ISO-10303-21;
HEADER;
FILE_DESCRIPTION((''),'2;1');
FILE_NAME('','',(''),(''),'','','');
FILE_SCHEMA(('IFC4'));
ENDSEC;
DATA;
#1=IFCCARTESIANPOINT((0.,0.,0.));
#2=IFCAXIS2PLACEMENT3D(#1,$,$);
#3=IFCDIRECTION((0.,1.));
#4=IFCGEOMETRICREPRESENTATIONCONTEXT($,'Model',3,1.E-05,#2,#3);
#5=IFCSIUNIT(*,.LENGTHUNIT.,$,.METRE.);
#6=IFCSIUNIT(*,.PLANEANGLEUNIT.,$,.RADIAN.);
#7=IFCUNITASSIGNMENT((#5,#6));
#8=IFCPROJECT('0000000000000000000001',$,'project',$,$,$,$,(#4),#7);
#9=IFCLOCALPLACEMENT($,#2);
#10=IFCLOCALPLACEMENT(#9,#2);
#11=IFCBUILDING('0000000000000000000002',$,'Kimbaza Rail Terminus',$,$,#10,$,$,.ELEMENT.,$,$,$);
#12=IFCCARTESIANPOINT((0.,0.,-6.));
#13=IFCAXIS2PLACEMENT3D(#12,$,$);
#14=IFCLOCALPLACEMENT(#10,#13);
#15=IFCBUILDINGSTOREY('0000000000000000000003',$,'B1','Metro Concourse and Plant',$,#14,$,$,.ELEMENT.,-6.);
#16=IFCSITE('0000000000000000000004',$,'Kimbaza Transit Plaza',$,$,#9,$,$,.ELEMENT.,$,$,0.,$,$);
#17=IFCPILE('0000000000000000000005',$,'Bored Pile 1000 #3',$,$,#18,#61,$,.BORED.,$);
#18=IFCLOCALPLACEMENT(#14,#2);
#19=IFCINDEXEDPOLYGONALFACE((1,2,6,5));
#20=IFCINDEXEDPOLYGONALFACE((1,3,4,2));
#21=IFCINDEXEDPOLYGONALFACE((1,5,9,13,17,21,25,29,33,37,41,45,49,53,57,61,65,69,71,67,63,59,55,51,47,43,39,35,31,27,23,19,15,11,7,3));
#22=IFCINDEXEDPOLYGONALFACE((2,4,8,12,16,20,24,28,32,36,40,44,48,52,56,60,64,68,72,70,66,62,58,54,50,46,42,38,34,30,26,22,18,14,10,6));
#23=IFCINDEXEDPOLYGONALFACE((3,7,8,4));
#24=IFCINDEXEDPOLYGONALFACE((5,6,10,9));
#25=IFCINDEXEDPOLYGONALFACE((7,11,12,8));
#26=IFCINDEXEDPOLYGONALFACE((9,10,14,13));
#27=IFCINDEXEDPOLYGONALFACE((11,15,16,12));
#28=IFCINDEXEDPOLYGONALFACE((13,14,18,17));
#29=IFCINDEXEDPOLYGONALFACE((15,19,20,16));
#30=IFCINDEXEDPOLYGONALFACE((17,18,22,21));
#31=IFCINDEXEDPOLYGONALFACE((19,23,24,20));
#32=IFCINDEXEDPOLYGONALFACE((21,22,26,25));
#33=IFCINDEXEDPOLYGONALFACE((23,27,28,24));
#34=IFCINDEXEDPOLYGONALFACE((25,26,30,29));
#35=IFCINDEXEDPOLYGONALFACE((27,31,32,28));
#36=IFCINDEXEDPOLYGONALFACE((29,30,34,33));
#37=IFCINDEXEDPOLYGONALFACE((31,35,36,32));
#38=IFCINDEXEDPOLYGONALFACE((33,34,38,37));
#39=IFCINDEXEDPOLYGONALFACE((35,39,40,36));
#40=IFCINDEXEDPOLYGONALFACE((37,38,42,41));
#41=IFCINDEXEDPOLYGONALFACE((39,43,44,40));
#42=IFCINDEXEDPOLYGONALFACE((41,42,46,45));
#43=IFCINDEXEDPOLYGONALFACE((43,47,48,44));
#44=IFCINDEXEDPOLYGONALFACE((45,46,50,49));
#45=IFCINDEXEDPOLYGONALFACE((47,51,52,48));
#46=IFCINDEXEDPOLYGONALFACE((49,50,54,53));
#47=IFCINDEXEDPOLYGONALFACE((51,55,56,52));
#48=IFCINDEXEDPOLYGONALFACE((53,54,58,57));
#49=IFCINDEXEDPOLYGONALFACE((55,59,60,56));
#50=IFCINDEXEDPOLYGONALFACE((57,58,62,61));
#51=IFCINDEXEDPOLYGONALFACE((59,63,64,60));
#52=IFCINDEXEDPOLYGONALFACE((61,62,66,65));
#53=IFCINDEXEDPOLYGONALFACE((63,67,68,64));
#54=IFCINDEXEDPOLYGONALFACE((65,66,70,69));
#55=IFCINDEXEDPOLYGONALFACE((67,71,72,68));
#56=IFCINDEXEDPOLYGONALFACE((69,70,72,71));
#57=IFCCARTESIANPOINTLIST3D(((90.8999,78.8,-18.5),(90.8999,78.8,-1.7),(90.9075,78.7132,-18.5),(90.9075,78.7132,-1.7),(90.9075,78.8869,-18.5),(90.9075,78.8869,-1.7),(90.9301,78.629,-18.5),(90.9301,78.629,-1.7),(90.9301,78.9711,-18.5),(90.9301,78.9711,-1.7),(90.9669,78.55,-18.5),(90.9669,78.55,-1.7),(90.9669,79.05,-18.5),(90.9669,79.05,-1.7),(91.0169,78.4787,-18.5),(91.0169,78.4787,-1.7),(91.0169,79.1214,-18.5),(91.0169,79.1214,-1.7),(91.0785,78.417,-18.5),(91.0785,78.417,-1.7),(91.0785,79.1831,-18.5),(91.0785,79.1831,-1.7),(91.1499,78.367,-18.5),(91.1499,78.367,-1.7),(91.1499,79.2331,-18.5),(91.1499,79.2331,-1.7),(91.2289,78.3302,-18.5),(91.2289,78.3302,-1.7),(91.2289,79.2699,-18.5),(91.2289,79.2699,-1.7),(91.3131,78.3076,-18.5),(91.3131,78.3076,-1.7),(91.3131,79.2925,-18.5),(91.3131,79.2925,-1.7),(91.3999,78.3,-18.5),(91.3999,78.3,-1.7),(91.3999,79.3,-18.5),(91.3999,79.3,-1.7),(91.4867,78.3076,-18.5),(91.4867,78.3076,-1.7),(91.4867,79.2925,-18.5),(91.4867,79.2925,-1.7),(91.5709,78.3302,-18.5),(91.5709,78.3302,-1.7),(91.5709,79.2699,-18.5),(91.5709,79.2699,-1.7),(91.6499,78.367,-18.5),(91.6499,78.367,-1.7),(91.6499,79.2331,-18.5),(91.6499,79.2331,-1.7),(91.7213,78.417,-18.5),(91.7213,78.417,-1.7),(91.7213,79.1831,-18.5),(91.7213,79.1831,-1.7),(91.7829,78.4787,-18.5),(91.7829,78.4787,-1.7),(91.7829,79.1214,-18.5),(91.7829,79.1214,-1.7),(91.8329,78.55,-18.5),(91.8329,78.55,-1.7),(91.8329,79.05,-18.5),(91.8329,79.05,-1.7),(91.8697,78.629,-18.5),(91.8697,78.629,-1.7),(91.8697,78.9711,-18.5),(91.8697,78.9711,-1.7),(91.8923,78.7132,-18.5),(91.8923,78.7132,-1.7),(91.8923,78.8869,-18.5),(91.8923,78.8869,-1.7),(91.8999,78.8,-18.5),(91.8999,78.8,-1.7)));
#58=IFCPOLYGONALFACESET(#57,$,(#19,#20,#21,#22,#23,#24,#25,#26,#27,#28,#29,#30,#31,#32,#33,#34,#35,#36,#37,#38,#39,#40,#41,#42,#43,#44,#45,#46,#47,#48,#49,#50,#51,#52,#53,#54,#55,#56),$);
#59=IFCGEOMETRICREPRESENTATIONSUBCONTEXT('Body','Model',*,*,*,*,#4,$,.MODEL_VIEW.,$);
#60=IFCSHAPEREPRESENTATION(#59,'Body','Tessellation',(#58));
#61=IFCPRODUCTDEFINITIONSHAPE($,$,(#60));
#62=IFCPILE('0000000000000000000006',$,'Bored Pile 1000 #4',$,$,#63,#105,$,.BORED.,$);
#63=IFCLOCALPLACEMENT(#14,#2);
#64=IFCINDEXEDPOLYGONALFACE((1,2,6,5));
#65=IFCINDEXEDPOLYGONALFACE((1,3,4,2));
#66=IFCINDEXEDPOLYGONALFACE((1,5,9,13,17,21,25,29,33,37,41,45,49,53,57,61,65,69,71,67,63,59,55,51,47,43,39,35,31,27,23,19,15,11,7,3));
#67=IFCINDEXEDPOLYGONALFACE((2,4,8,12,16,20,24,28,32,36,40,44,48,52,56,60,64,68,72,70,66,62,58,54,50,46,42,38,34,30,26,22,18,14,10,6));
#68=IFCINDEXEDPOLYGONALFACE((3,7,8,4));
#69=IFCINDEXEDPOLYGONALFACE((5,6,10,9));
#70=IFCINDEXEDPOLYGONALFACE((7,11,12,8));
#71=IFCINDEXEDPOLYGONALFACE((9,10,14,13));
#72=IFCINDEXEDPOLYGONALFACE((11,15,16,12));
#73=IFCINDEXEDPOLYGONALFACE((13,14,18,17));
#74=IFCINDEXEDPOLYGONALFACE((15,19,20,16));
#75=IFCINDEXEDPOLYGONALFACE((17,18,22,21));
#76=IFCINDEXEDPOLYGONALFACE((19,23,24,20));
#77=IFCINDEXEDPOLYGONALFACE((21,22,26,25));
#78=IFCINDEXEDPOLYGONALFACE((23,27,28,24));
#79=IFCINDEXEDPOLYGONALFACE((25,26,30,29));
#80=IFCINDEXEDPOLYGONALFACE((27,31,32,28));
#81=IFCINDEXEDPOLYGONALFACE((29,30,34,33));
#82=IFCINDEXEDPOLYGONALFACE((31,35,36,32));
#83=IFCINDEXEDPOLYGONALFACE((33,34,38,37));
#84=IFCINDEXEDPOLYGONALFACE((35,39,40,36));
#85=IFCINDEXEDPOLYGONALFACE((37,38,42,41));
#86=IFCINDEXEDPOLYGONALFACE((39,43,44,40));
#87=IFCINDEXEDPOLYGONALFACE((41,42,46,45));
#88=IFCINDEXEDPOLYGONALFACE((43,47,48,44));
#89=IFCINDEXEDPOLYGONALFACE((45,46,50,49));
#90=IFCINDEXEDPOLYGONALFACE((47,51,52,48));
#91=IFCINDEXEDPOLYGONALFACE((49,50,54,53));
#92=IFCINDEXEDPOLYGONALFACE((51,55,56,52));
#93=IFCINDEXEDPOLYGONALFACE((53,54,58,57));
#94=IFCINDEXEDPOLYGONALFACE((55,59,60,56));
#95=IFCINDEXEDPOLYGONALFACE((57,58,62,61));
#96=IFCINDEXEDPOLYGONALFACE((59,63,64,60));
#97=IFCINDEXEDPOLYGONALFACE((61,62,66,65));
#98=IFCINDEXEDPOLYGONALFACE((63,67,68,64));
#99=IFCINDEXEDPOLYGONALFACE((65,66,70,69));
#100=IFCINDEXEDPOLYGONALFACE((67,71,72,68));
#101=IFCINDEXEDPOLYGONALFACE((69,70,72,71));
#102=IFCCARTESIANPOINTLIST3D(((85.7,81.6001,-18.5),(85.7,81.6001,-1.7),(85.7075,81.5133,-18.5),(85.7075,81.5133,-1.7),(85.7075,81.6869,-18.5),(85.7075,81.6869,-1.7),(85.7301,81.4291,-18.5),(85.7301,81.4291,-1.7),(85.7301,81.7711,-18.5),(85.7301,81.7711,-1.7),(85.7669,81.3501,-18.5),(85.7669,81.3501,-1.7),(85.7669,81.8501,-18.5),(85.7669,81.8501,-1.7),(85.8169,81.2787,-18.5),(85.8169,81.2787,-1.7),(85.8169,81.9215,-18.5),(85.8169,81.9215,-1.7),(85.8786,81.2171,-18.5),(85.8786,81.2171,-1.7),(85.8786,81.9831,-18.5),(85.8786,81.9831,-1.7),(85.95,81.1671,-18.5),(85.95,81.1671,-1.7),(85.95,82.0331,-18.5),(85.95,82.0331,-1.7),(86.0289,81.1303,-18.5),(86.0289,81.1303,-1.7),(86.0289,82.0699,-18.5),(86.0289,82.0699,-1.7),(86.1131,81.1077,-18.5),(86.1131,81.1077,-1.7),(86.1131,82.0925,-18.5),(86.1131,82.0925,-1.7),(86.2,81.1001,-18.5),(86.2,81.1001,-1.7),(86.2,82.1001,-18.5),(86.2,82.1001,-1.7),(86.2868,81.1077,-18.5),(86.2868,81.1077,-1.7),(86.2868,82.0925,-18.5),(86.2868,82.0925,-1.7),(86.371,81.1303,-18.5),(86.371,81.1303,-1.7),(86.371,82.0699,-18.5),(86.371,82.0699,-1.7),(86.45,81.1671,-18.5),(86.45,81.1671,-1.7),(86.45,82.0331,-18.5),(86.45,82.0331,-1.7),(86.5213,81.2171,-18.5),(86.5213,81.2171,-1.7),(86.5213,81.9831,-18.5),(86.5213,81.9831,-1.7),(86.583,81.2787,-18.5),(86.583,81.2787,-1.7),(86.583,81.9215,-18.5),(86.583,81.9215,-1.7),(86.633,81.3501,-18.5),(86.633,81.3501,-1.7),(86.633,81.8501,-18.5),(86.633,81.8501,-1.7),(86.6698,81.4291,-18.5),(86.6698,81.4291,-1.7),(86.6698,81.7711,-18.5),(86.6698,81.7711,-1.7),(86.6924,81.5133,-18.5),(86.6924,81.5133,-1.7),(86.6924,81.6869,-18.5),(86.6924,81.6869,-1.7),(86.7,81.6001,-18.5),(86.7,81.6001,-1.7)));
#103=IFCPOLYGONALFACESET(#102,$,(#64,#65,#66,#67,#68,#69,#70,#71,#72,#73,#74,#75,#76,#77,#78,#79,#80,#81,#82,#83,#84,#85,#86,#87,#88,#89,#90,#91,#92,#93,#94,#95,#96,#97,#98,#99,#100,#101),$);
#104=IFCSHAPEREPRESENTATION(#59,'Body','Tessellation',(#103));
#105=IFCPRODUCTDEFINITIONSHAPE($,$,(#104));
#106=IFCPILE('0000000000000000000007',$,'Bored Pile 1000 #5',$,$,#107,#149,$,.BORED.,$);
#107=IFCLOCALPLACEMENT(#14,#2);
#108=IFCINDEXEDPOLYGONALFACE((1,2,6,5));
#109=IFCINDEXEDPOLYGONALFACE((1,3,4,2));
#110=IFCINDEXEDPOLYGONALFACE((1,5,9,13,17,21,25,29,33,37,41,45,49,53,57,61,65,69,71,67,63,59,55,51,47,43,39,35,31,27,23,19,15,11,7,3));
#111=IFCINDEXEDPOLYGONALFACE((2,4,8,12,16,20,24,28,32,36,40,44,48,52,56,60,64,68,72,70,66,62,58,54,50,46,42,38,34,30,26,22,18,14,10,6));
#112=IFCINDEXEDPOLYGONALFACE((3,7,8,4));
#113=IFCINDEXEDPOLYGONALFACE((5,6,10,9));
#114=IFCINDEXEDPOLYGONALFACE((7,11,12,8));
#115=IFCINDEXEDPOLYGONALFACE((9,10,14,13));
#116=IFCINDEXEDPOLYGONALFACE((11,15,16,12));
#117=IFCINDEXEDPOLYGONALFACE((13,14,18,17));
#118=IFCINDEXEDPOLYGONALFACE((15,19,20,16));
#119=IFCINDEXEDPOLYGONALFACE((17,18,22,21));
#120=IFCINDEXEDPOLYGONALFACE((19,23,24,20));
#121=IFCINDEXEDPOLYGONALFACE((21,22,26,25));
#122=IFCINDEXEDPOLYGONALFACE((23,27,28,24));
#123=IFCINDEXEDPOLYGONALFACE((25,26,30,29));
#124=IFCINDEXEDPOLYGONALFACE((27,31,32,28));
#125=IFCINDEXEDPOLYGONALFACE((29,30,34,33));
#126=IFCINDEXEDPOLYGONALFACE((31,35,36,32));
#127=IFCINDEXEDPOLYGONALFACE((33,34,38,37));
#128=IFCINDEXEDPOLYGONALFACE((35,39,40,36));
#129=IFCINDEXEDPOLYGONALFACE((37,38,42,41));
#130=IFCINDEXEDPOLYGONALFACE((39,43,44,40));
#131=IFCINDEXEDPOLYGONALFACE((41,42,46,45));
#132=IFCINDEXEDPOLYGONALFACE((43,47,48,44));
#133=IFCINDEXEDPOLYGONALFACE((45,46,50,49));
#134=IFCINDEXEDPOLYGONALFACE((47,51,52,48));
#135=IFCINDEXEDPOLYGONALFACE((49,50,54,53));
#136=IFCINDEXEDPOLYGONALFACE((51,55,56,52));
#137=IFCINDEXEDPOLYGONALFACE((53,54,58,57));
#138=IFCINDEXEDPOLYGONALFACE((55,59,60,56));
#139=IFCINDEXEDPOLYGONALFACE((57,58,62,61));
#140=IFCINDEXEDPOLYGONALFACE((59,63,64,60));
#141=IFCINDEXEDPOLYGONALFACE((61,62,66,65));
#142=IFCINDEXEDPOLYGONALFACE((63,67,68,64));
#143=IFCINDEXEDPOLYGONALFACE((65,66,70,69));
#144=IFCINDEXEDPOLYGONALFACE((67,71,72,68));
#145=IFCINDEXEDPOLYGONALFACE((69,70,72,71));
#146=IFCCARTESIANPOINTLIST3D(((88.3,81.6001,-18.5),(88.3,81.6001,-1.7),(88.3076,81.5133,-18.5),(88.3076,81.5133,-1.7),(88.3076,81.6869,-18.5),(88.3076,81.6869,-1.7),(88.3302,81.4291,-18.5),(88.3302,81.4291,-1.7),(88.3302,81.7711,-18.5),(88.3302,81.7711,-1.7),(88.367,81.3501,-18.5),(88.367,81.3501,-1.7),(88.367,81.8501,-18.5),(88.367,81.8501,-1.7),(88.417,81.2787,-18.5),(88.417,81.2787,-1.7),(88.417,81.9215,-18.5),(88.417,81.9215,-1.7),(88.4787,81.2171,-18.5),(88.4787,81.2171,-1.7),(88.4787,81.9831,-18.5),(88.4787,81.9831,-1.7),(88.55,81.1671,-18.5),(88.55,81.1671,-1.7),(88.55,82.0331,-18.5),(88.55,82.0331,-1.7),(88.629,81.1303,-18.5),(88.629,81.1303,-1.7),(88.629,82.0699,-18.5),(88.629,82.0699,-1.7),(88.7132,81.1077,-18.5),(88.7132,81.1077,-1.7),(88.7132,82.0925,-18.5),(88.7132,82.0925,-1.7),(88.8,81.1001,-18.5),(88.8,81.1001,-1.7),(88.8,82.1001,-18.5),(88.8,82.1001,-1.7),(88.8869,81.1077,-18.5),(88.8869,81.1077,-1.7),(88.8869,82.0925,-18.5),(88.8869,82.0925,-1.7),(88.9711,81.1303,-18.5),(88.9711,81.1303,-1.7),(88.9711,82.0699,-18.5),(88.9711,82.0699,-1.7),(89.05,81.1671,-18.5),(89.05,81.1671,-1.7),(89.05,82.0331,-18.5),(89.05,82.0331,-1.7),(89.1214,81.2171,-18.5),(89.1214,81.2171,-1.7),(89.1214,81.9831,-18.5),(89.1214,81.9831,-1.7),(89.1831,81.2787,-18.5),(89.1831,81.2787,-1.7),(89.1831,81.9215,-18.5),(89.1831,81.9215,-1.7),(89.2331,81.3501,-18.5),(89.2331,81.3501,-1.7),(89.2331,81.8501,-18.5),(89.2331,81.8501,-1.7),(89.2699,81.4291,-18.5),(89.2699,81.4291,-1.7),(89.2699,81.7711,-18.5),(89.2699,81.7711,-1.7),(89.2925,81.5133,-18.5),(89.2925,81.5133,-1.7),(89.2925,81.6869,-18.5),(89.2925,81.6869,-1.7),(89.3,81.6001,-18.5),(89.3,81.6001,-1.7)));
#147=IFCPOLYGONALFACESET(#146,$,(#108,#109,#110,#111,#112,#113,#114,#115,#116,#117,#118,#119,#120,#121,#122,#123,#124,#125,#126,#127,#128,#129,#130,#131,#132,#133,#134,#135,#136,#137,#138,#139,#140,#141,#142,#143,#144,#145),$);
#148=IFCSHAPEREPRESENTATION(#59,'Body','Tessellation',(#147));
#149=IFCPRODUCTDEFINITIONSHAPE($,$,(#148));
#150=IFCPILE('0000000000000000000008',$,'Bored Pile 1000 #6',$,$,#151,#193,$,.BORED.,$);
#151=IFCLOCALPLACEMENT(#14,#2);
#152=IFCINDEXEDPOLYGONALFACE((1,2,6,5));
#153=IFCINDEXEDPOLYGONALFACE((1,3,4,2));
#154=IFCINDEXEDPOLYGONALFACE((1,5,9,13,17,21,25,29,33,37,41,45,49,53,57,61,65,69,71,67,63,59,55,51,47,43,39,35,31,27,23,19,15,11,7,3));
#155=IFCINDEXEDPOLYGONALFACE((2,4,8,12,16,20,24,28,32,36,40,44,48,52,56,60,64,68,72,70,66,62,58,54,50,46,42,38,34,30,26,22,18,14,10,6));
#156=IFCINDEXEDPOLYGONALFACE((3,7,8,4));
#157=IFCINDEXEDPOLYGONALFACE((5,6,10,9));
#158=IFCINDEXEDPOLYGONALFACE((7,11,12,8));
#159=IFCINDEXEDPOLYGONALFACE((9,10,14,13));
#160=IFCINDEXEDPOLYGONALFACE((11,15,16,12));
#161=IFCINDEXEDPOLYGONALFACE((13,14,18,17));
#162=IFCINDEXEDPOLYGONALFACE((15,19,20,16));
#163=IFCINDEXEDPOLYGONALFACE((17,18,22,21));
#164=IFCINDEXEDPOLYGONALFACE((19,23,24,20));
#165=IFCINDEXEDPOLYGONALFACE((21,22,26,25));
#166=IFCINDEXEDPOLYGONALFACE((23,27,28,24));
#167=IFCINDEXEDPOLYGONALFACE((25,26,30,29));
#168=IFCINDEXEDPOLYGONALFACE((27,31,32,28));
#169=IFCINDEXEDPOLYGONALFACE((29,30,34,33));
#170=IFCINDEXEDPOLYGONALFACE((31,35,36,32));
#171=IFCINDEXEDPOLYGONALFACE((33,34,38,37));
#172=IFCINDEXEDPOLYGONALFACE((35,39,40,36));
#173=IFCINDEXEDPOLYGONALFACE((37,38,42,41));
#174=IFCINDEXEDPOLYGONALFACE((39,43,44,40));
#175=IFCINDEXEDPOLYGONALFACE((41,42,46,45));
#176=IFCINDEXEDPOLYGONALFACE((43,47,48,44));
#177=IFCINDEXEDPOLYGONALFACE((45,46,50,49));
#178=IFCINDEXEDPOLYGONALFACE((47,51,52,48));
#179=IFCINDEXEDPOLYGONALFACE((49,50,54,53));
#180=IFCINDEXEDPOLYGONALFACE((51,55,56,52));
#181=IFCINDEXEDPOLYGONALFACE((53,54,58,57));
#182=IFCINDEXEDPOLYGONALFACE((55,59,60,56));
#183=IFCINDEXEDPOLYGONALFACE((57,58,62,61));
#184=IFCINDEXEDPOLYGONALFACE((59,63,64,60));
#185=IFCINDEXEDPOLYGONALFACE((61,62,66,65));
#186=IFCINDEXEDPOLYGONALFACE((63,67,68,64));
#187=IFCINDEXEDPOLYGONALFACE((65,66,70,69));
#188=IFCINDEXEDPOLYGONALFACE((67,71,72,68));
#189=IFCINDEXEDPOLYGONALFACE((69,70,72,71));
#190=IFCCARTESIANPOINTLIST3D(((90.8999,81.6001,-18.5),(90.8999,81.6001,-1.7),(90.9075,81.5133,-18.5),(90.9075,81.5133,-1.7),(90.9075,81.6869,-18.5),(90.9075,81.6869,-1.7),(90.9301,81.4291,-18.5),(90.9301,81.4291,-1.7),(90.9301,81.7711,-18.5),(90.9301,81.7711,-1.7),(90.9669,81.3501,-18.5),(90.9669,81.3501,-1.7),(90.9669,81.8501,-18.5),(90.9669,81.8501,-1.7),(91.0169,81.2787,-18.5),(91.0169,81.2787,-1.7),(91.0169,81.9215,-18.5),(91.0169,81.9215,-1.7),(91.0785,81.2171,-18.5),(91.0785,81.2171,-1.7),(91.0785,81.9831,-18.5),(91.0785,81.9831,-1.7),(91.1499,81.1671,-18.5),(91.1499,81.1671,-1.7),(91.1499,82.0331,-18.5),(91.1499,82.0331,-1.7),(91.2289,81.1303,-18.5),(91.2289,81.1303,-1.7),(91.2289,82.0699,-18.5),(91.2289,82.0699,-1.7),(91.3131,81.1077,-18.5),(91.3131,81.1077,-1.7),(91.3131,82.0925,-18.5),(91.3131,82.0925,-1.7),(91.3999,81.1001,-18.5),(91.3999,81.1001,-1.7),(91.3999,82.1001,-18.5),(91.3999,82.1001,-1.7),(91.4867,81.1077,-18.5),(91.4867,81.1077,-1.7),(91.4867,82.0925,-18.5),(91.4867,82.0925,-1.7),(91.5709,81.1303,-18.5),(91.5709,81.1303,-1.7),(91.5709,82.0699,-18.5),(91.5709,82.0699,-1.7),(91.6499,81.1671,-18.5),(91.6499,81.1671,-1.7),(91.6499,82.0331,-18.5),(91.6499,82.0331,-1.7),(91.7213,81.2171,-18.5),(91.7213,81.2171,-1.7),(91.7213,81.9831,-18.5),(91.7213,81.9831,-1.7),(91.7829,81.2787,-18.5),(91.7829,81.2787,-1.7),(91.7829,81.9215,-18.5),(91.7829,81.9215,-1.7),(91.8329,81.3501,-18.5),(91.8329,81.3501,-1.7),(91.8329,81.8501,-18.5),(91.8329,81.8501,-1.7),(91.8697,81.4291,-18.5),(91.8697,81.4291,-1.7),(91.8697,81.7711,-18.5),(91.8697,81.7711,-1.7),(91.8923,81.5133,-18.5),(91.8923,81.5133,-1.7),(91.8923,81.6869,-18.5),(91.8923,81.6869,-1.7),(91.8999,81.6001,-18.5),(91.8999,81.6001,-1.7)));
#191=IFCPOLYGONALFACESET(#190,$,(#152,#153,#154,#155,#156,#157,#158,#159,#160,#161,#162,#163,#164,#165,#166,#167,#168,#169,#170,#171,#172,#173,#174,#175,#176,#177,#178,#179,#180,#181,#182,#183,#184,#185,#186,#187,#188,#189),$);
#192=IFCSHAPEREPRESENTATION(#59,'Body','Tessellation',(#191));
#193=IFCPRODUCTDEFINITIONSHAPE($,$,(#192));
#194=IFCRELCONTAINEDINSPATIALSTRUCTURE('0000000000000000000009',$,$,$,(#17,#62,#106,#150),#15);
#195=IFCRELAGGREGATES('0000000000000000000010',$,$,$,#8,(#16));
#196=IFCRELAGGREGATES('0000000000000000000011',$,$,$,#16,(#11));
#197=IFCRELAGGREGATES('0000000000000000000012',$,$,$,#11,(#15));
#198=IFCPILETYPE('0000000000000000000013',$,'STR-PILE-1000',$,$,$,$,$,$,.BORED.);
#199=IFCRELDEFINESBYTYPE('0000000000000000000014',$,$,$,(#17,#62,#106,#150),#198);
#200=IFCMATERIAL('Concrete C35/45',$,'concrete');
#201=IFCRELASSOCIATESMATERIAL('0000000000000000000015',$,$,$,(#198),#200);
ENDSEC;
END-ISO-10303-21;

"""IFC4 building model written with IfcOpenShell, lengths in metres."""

from ifc_helpers import new_model, si_unit, direction, frame, origin, origin_2d, place, context, subcontext, project, spatial, circle, extrude, material, material_profile, profile_set, type_object, element, save


model = new_model("IFC4")

# Units and contexts
model_context = context("Model", 3, precision=1e-05, world=origin(), true_north=direction((0.0, 1.0)))
body_context = subcontext(model_context, "Body", "Model", "MODEL_VIEW")
ifc_project = project(units=[si_unit("LENGTHUNIT", "METRE"), si_unit("PLANEANGLEUNIT", "RADIAN")], contexts=[model_context])

# Site, building, storey
site_placement = place(None, origin())
site = spatial("IfcSite", under=ifc_project, at=site_placement, Name="Kimbaza Transit Plaza", CompositionType="ELEMENT", RefElevation=0.0)
building_placement = place(site_placement, origin())
building = spatial("IfcBuilding", under=site, at=building_placement, Name="Kimbaza Rail Terminus", CompositionType="ELEMENT")
storey_placement = place(building_placement, frame((0.0, 0.0, -6.0)))
storey = spatial("IfcBuildingStorey", under=building, at=storey_placement, Name="B1", Description="Metro Concourse and Plant", CompositionType="ELEMENT", Elevation=-6.0)

# Piles
ifc_material_1 = material(Name="Concrete C35/45", Category="concrete")
ifc_material_profile_1 = material_profile(ifc_material_1, circle(Radius=0.5, at=origin_2d()), Name="BORED PILE 1000")
ifc_profile_set_1 = profile_set([ifc_material_profile_1], Name="Concrete C35/45")
pile_type_1 = type_object("IfcPileType", Name="STR-PILE-1000", PredefinedType="BORED", material=ifc_profile_set_1)
for number, where, z_axis, x_axis, name in (
    (1, (91.3999, 78.8, -1.7), (0.0, 0.0, -1.0), (1.0, 0.0, 0.0), "Bored Pile 1000 #3"),
    (2, (86.2, 81.6001, -1.7), (0.0, 0.0, -1.0), (1.0, 0.0, 0.0), "Bored Pile 1000 #4"),
    (3, (88.8, 81.6001, -1.7), (0.0, 0.0, -1.0), (1.0, 0.0, 0.0), "Bored Pile 1000 #5"),
    (4, (91.3999, 81.6001, -1.7), (0.0, 0.0, -1.0), (1.0, 0.0, 0.0), "Bored Pile 1000 #6"),
):
    element("IfcPile", number, at=place(storey_placement, frame(where, z_axis=z_axis, x_axis=x_axis)), inside=storey, type_object=pile_type_1, Name=name, PredefinedType="BORED", context=body_context, shape_type="SweptSolid", body=[
        extrude(circle(Radius=0.5, at=origin_2d()), origin(), (0.0, 0.0, 1.0), 16.8),
    ])

save(model, "model.ifc")
